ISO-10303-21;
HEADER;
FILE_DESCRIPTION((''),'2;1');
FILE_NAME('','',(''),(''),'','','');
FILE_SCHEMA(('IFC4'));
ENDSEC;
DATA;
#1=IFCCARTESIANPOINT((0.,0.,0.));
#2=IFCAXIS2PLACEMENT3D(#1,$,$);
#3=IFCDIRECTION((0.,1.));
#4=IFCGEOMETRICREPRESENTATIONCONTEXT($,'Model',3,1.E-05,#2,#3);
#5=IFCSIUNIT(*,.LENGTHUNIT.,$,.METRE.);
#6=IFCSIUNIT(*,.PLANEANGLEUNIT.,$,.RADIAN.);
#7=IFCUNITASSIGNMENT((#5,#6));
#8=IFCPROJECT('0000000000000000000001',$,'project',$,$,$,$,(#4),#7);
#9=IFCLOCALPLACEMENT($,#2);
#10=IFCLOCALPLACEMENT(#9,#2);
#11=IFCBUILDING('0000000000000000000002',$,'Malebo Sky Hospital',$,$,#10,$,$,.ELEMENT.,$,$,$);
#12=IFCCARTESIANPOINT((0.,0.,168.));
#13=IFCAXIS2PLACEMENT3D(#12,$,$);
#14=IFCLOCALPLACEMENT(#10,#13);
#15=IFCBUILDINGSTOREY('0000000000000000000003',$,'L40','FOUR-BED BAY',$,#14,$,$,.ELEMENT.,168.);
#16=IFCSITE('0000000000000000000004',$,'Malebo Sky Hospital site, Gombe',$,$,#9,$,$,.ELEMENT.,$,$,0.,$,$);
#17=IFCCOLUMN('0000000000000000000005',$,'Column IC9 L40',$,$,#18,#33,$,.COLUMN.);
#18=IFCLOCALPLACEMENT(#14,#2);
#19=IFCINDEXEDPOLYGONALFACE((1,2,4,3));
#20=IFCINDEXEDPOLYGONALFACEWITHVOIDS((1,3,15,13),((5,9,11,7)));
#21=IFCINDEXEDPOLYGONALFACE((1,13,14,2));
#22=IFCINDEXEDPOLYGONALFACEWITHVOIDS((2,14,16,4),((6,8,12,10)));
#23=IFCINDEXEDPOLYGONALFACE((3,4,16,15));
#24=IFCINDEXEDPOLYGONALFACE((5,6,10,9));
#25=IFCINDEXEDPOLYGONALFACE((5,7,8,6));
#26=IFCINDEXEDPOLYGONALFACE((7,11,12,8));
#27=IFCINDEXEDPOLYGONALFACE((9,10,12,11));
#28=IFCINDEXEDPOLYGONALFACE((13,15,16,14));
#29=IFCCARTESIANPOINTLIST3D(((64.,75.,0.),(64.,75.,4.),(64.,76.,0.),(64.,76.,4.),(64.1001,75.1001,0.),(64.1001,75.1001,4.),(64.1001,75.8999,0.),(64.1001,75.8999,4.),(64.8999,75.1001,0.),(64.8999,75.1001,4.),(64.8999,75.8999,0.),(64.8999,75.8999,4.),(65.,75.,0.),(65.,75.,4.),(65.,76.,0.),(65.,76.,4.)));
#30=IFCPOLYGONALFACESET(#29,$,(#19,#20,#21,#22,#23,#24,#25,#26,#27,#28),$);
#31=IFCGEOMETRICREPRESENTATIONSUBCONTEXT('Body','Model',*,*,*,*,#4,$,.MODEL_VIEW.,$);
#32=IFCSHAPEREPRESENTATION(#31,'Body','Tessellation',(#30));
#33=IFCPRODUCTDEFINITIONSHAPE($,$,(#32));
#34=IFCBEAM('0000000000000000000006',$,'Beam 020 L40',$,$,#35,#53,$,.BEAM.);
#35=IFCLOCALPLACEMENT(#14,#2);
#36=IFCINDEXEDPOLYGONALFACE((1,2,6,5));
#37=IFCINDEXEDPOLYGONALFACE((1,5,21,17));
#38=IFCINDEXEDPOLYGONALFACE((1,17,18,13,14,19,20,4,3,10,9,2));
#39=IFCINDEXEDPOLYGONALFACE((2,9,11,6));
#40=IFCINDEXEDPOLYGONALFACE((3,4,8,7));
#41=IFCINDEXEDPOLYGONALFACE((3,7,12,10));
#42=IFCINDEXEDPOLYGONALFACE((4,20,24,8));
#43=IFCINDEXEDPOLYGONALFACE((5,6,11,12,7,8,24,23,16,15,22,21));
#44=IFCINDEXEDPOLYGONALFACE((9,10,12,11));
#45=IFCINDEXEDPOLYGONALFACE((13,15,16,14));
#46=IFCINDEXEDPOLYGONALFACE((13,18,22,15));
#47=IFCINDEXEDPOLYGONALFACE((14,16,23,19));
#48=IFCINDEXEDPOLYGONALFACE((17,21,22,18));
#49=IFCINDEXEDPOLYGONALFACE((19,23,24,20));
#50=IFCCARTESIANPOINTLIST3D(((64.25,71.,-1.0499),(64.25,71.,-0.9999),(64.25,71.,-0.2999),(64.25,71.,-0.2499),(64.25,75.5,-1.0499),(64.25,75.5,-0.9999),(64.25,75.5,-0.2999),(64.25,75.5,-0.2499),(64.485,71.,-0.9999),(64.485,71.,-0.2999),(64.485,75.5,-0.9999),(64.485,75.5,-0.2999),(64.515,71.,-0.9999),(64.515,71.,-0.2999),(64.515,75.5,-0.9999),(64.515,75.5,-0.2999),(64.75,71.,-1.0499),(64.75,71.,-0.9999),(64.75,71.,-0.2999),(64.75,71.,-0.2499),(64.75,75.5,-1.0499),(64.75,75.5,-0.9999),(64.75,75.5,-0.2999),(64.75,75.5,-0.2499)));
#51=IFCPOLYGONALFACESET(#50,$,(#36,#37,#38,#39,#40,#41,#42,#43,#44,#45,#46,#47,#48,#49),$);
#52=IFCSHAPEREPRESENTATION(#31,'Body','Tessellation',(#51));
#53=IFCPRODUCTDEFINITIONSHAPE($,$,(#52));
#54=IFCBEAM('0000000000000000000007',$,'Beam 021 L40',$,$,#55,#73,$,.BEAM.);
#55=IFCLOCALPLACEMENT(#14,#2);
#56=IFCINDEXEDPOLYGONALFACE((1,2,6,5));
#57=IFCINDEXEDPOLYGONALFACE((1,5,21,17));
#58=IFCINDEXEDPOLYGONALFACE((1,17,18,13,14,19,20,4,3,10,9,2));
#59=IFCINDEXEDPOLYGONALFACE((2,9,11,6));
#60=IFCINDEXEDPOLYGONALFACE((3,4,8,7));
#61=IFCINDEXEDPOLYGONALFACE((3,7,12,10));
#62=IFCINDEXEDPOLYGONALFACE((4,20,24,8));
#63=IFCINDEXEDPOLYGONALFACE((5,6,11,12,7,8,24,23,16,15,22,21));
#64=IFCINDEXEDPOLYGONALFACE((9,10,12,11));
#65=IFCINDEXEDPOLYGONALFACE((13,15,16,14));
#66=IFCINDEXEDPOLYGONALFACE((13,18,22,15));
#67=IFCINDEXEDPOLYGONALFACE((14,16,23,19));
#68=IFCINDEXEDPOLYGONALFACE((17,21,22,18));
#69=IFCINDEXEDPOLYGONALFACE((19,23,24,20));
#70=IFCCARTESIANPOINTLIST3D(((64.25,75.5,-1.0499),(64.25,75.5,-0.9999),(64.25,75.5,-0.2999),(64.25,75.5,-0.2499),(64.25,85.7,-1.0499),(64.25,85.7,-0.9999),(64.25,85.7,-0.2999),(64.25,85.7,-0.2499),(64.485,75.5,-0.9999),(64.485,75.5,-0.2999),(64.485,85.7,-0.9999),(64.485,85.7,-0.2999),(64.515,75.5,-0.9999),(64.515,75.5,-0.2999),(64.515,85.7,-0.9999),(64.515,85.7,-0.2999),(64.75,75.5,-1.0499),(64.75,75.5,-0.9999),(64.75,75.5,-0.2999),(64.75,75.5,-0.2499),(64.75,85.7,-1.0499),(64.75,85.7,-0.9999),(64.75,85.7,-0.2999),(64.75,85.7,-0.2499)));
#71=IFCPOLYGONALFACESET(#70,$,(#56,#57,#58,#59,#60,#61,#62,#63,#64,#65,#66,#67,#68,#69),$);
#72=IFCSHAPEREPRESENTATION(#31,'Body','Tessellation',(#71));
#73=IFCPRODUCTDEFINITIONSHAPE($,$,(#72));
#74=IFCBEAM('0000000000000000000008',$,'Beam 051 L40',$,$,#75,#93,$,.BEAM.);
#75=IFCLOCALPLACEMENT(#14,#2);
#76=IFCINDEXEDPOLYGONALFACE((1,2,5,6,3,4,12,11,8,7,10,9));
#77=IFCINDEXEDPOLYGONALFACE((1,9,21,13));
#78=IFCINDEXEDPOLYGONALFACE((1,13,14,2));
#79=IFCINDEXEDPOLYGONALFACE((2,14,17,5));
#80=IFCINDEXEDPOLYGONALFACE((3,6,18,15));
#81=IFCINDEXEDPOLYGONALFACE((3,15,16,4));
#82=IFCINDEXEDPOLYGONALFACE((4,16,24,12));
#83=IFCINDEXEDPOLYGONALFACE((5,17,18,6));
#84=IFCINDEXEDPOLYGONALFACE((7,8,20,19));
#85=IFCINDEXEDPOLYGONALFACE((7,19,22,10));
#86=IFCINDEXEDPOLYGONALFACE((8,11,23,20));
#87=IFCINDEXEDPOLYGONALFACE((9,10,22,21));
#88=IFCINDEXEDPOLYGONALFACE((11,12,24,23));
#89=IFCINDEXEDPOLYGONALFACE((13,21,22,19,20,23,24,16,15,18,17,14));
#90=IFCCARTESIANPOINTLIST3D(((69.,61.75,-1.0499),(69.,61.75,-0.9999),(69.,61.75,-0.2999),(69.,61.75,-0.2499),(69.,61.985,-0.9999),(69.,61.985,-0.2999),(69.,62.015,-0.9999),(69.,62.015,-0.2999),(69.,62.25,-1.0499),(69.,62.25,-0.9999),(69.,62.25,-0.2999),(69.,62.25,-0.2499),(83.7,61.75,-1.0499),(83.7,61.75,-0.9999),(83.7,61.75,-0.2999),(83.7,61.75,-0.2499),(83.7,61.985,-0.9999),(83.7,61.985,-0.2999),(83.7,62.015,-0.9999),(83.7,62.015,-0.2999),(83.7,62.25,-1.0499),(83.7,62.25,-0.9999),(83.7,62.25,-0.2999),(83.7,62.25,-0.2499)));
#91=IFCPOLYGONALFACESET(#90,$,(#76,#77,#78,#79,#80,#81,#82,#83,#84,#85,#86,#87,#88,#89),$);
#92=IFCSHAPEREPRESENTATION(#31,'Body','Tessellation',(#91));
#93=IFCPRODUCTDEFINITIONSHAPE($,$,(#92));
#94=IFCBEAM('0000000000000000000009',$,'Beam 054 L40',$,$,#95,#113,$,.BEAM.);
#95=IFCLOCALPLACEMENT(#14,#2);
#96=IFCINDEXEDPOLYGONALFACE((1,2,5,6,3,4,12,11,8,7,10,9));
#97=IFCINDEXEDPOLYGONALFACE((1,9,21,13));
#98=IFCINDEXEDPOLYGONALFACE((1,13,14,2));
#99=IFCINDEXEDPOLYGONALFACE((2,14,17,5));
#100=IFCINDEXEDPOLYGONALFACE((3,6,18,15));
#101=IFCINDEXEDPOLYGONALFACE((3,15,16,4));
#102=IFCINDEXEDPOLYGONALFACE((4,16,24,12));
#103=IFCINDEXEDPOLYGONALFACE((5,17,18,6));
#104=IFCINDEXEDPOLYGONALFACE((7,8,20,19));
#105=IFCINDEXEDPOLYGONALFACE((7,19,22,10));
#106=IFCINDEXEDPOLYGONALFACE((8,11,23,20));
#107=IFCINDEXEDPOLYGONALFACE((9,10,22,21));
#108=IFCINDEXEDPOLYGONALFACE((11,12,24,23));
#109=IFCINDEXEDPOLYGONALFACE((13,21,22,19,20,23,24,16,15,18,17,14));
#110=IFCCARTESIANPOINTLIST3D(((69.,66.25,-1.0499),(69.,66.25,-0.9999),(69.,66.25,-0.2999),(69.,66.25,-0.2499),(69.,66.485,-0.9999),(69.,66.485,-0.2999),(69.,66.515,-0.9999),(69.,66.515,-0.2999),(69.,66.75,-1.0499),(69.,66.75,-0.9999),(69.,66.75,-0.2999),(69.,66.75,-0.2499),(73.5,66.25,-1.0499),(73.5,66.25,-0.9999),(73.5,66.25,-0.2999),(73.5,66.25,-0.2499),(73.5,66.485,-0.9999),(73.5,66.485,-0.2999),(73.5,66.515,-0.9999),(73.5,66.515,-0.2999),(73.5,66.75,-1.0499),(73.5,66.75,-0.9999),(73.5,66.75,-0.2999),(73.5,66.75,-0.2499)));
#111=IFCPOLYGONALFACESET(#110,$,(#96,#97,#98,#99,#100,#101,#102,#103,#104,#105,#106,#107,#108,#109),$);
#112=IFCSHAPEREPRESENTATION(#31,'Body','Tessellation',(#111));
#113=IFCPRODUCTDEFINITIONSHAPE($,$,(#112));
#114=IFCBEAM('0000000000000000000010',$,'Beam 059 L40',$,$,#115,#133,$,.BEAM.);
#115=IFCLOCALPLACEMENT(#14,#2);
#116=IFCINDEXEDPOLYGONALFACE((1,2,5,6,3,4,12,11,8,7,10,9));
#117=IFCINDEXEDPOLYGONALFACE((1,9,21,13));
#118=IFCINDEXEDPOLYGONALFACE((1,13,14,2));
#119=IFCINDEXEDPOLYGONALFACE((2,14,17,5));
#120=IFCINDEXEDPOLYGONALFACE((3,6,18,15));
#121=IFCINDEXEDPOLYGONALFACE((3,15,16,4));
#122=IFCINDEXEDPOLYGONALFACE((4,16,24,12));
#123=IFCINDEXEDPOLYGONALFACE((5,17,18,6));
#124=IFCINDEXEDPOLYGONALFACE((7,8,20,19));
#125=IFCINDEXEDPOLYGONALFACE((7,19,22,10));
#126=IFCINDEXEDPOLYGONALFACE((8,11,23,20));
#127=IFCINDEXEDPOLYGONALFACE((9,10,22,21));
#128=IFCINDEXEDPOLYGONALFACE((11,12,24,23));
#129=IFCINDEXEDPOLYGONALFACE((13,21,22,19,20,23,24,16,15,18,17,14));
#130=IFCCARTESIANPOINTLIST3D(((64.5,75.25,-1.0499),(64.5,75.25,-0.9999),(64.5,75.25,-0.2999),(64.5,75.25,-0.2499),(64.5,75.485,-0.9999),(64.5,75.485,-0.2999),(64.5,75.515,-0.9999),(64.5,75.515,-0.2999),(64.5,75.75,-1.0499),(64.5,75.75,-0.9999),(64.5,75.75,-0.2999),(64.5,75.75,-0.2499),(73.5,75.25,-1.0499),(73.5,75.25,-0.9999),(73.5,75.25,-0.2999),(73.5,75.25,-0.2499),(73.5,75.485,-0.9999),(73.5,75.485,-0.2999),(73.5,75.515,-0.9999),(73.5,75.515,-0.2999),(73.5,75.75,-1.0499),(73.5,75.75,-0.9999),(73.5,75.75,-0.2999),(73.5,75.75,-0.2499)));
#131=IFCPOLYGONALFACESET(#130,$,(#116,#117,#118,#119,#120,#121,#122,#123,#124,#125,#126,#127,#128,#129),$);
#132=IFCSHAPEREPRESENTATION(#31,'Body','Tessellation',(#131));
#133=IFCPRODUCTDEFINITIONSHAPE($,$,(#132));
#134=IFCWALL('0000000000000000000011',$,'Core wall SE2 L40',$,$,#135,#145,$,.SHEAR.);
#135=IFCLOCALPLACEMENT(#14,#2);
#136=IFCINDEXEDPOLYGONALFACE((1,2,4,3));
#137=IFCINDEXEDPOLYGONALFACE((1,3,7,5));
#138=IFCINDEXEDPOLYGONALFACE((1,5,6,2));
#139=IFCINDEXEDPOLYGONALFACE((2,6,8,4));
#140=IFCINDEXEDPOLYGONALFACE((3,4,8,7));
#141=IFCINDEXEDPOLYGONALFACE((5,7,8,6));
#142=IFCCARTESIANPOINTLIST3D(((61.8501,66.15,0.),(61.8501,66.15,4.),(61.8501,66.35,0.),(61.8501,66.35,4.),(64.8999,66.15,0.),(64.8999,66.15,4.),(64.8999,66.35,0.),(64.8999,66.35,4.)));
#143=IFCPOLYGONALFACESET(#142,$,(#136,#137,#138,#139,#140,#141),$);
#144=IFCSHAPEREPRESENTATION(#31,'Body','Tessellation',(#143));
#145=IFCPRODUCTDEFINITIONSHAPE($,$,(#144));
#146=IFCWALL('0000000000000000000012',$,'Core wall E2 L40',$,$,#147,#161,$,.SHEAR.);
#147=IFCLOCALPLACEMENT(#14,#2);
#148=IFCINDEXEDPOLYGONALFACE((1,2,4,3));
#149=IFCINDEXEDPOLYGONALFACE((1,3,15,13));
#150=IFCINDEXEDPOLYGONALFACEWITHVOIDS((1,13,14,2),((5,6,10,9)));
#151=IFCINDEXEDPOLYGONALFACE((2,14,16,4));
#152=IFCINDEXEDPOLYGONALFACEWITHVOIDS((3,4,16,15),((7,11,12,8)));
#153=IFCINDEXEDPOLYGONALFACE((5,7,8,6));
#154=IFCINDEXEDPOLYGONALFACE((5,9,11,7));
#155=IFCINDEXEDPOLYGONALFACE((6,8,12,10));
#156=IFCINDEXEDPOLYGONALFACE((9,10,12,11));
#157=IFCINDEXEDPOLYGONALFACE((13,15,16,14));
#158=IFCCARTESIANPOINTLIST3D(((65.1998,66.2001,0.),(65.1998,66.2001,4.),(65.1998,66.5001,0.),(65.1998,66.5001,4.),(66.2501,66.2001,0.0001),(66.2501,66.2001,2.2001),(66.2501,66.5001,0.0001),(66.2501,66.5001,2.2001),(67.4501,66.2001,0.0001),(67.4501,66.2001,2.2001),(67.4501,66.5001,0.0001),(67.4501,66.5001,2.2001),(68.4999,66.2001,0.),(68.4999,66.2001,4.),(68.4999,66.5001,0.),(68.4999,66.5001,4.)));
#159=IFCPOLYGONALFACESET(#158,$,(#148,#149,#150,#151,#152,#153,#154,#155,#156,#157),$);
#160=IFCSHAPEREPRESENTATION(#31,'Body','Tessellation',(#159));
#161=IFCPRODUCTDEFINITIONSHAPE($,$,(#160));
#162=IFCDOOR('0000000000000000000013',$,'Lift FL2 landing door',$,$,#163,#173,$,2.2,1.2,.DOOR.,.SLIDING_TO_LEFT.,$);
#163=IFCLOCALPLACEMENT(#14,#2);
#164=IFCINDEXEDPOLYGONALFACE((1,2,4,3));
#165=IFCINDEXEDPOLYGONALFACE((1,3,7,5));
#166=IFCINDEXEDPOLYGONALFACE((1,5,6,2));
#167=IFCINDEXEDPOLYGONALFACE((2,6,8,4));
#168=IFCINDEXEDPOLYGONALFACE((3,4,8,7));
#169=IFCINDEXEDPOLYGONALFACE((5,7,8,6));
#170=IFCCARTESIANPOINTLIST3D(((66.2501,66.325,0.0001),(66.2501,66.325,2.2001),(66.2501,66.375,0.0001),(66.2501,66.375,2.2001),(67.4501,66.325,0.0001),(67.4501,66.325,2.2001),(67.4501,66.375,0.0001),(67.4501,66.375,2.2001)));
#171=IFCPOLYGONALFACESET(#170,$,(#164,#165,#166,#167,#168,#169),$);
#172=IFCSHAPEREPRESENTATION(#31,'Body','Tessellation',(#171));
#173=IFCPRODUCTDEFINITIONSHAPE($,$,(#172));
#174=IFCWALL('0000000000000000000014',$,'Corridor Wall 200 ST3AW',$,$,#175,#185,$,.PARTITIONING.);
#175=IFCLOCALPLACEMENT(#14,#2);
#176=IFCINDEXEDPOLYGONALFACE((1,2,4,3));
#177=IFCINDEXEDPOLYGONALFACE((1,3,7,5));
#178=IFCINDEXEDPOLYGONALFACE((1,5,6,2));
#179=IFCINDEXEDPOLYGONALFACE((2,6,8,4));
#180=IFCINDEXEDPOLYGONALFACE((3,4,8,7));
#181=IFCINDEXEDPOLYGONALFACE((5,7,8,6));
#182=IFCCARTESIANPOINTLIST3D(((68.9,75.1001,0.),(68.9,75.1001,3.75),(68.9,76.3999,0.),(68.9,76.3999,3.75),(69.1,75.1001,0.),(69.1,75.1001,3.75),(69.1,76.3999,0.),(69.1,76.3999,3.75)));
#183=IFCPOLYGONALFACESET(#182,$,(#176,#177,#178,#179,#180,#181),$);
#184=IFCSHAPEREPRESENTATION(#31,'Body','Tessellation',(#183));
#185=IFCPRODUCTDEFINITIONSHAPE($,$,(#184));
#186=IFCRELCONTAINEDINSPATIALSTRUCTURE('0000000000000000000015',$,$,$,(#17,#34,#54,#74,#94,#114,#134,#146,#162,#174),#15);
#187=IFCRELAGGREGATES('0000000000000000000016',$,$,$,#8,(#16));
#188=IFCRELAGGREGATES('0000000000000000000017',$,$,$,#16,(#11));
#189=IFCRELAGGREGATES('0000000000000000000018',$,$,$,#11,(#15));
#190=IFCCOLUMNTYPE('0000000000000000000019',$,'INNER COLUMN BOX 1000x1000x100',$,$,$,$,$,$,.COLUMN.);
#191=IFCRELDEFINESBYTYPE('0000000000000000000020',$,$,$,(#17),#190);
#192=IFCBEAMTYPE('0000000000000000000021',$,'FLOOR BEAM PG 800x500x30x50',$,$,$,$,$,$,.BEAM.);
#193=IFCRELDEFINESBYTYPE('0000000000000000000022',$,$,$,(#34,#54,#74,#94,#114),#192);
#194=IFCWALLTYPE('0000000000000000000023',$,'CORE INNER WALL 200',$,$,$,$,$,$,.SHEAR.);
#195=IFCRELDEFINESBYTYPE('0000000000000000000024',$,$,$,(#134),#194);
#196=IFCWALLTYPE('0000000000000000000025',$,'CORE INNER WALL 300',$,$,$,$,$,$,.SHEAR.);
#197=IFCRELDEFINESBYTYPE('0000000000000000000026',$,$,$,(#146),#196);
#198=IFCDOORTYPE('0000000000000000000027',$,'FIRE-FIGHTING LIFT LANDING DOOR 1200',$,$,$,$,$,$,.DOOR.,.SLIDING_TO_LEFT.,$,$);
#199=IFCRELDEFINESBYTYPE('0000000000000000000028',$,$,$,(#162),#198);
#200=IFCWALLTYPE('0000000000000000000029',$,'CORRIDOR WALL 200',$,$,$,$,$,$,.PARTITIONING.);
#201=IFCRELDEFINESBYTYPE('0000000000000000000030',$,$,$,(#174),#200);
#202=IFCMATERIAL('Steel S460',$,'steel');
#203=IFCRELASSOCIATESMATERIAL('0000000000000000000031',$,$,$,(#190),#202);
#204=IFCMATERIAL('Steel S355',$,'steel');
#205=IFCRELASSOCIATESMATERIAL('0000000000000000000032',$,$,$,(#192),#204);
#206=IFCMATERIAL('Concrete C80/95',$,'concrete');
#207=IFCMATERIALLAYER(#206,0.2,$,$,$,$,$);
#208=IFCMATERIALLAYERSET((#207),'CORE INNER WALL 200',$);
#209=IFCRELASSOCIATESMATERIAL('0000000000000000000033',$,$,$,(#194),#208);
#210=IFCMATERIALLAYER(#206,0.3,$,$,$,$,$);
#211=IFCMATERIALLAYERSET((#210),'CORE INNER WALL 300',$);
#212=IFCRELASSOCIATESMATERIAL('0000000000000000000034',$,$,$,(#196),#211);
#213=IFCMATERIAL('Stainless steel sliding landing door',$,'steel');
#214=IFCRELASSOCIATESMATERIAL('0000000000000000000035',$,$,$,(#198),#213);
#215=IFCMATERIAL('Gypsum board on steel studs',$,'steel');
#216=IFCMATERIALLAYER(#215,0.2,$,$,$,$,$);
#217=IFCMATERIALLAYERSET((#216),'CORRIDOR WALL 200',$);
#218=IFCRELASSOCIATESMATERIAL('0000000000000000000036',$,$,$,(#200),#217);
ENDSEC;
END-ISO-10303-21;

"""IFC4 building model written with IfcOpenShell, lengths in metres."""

from ifc_helpers import new_model, si_unit, direction, frame, frame_2d, origin, origin_2d, place, context, subcontext, project, spatial, rectangle, hollow_rectangle, i_section, extrude, material, layer, layer_set, material_profile, profile_set, type_object, element, fill, save


model = new_model("IFC4")

# Units and contexts
model_context = context("Model", 3, precision=1e-05, world=origin(), true_north=direction((0.0, 1.0)))
body_context = subcontext(model_context, "Body", "Model", "MODEL_VIEW")
ifc_project = project(units=[si_unit("LENGTHUNIT", "METRE"), si_unit("PLANEANGLEUNIT", "RADIAN")], contexts=[model_context])

# Site, building, storey
site_placement = place(None, origin())
site = spatial("IfcSite", under=ifc_project, at=site_placement, Name="Malebo Sky Hospital site, Gombe", CompositionType="ELEMENT", RefElevation=0.0)
building_placement = place(site_placement, origin())
building = spatial("IfcBuilding", under=site, at=building_placement, Name="Malebo Sky Hospital", CompositionType="ELEMENT")
storey_placement = place(building_placement, frame((0.0, 0.0, 168.0)))
storey = spatial("IfcBuildingStorey", under=building, at=storey_placement, Name="L40", Description="FOUR-BED BAY", CompositionType="ELEMENT", Elevation=168.0)

# Column
ifc_material_1 = material(Name="Steel S460", Category="steel")
ifc_material_profile_1 = material_profile(ifc_material_1, hollow_rectangle(XDim=1.0, YDim=1.0, WallThickness=0.1001, at=origin_2d()), Name="BOX 1000x1000x100")
ifc_profile_set_1 = profile_set([ifc_material_profile_1], Name="Steel S460")
column_type = type_object("IfcColumnType", Name="INNER COLUMN BOX 1000x1000x100", PredefinedType="COLUMN", material=ifc_profile_set_1)
column_placement = place(storey_placement, frame((64.5, 75.5, 0.0), z_axis=(0.0, 0.0, 1.0), x_axis=(1.0, 0.0, 0.0)))
element("IfcColumn", 1, at=column_placement, inside=storey, type_object=column_type, Name="Column IC9 L40", PredefinedType="COLUMN", context=body_context, shape_type="SweptSolid", body=[
    extrude(hollow_rectangle(XDim=1.0, YDim=1.0, WallThickness=0.1001, at=origin_2d()), origin(), (0.0, 0.0, 1.0), 4.0),
])

# Beams
ifc_material_2 = material(Name="Steel S355", Category="steel")
ifc_material_profile_2 = material_profile(ifc_material_2, i_section(OverallWidth=0.5, OverallDepth=0.8, WebThickness=0.03, FlangeThickness=0.05, at=origin_2d()), Name="PG 800x500x30x50")
ifc_profile_set_2 = profile_set([ifc_material_profile_2], Name="Steel S355")
beam_type = type_object("IfcBeamType", Name="FLOOR BEAM PG 800x500x30x50", PredefinedType="BEAM", material=ifc_profile_set_2)
beam_1_placement = place(storey_placement, frame((64.5, 71.0, -0.6499), z_axis=(0.0, 1.0, 0.0), x_axis=(-1.0, 0.0, 0.0)))
element("IfcBeam", 2, at=beam_1_placement, inside=storey, type_object=beam_type, Name="Beam 020 L40", PredefinedType="BEAM", context=body_context, shape_type="SweptSolid", body=[
    extrude(i_section(OverallWidth=0.5, OverallDepth=0.8, WebThickness=0.03, FlangeThickness=0.05, at=origin_2d()), origin(), (0.0, 0.0, 1.0), 4.5),
])
beam_2_placement = place(storey_placement, frame((64.5, 75.5, -0.6499), z_axis=(0.0, 1.0, 0.0), x_axis=(-1.0, 0.0, 0.0)))
element("IfcBeam", 3, at=beam_2_placement, inside=storey, type_object=beam_type, Name="Beam 021 L40", PredefinedType="BEAM", context=body_context, shape_type="SweptSolid", body=[
    extrude(i_section(OverallWidth=0.5, OverallDepth=0.8, WebThickness=0.03, FlangeThickness=0.05, at=origin_2d()), origin(), (0.0, 0.0, 1.0), 10.2),
])
beam_3_placement = place(storey_placement, frame((69.0, 62.0, -0.6499), z_axis=(1.0, 0.0, 0.0), x_axis=(0.0, 1.0, 0.0)))
element("IfcBeam", 4, at=beam_3_placement, inside=storey, type_object=beam_type, Name="Beam 051 L40", PredefinedType="BEAM", context=body_context, shape_type="SweptSolid", body=[
    extrude(i_section(OverallWidth=0.5, OverallDepth=0.8, WebThickness=0.03, FlangeThickness=0.05, at=origin_2d()), origin(), (0.0, 0.0, 1.0), 14.7),
])
beam_4_placement = place(storey_placement, frame((69.0, 66.5, -0.6499), z_axis=(1.0, 0.0, 0.0), x_axis=(0.0, 1.0, 0.0)))
element("IfcBeam", 5, at=beam_4_placement, inside=storey, type_object=beam_type, Name="Beam 054 L40", PredefinedType="BEAM", context=body_context, shape_type="SweptSolid", body=[
    extrude(i_section(OverallWidth=0.5, OverallDepth=0.8, WebThickness=0.03, FlangeThickness=0.05, at=origin_2d()), origin(), (0.0, 0.0, 1.0), 4.5),
])
beam_5_placement = place(storey_placement, frame((64.5, 75.5, -0.6499), z_axis=(1.0, 0.0, 0.0), x_axis=(0.0, 1.0, 0.0)))
element("IfcBeam", 6, at=beam_5_placement, inside=storey, type_object=beam_type, Name="Beam 059 L40", PredefinedType="BEAM", context=body_context, shape_type="SweptSolid", body=[
    extrude(i_section(OverallWidth=0.5, OverallDepth=0.8, WebThickness=0.03, FlangeThickness=0.05, at=origin_2d()), origin(), (0.0, 0.0, 1.0), 9.0),
])

# Wall
ifc_material_3 = material(Name="Concrete C80/95", Category="concrete")
ifc_layer_1 = layer(ifc_material_3, 0.2)
ifc_layer_set_1 = layer_set([ifc_layer_1], Name="CORE INNER WALL 200")
wall_type_1 = type_object("IfcWallType", Name="CORE INNER WALL 200", PredefinedType="SHEAR", material=ifc_layer_set_1)
wall_1_placement = place(storey_placement, frame((61.8501, 66.25, 0.0), z_axis=(0.0, 0.0, 1.0), x_axis=(1.0, 0.0, 0.0)))
element("IfcWall", 7, at=wall_1_placement, inside=storey, type_object=wall_type_1, Name="Core wall SE2 L40", PredefinedType="SHEAR", context=body_context, shape_type="SweptSolid", body=[
    extrude(rectangle(XDim=3.0498, YDim=0.2, at=frame_2d((1.5249, 0.0))), origin(), (0.0, 0.0, 1.0), 4.0),
])

# Wall, opening, door
ifc_layer_2 = layer(ifc_material_3, 0.3)
ifc_layer_set_2 = layer_set([ifc_layer_2], Name="CORE INNER WALL 300")
wall_type_2 = type_object("IfcWallType", Name="CORE INNER WALL 300", PredefinedType="SHEAR", material=ifc_layer_set_2)
wall_2_placement = place(storey_placement, frame((65.2, 66.3501, 0.0), z_axis=(0.0, 0.0, 1.0), x_axis=(1.0, 0.0, 0.0)))
wall_2 = element("IfcWall", 8, at=wall_2_placement, inside=storey, type_object=wall_type_2, Name="Core wall E2 L40", PredefinedType="SHEAR", context=body_context, shape_type="SweptSolid", body=[
    extrude(rectangle(XDim=3.3, YDim=0.3, at=frame_2d((1.6499, 0.0))), origin(), (0.0, 0.0, 1.0), 4.0),
])
opening_1_placement = place(wall_2_placement, frame((1.05, 0.0, 0.0)))
opening_1 = element("IfcOpeningElement", 9, at=opening_1_placement, cuts=wall_2, PredefinedType="OPENING", context=body_context, shape_type="SweptSolid", body=[
    extrude(rectangle(XDim=1.2, YDim=2.2, at=frame_2d((0.6001, 1.1001))), frame((0.0, 0.1599, 0.0), z_axis=(0.0, -1.0, 0.0), x_axis=(1.0, 0.0, 0.0)), (0.0, 0.0, 1.0), 0.3201),
])
ifc_material_4 = material(Name="Stainless steel sliding landing door", Category="steel")
door_type_1 = type_object("IfcDoorType", Name="FIRE-FIGHTING LIFT LANDING DOOR 1200", OperationType="SLIDING_TO_LEFT", PredefinedType="DOOR", material=ifc_material_4)
door_1_placement = place(opening_1_placement, origin())
door_1 = element("IfcDoor", 10, at=door_1_placement, inside=storey, type_object=door_type_1, Name="Lift FL2 landing door", OperationType="SLIDING_TO_LEFT", OverallHeight=2.2, OverallWidth=1.2, PredefinedType="DOOR", context=body_context, shape_type="SweptSolid", body=[
    extrude(rectangle(XDim=1.2, YDim=2.2, at=frame_2d((0.6001, 1.1001))), frame((0.0, 0.0249, 0.0), z_axis=(0.0, -1.0, 0.0), x_axis=(1.0, 0.0, 0.0)), (0.0, 0.0, 1.0), 0.05),
])
fill(opening_1, door_1)

# Wall
ifc_material_5 = material(Name="Gypsum board on steel studs", Category="steel")
ifc_layer_3 = layer(ifc_material_5, 0.2)
ifc_layer_set_3 = layer_set([ifc_layer_3], Name="CORRIDOR WALL 200")
wall_type_3 = type_object("IfcWallType", Name="CORRIDOR WALL 200", PredefinedType="PARTITIONING", material=ifc_layer_set_3)
wall_3_placement = place(storey_placement, frame((69.0, 75.1001, 0.0), z_axis=(0.0, 0.0, 1.0), x_axis=(0.0, 1.0, 0.0)))
element("IfcWall", 11, at=wall_3_placement, inside=storey, type_object=wall_type_3, Name="Corridor Wall 200 ST3AW", PredefinedType="PARTITIONING", context=body_context, shape_type="SweptSolid", body=[
    extrude(rectangle(XDim=1.2998, YDim=0.2, at=frame_2d((0.6499, 0.0))), origin(), (0.0, 0.0, 1.0), 3.75),
])

save(model, "model.ifc")
